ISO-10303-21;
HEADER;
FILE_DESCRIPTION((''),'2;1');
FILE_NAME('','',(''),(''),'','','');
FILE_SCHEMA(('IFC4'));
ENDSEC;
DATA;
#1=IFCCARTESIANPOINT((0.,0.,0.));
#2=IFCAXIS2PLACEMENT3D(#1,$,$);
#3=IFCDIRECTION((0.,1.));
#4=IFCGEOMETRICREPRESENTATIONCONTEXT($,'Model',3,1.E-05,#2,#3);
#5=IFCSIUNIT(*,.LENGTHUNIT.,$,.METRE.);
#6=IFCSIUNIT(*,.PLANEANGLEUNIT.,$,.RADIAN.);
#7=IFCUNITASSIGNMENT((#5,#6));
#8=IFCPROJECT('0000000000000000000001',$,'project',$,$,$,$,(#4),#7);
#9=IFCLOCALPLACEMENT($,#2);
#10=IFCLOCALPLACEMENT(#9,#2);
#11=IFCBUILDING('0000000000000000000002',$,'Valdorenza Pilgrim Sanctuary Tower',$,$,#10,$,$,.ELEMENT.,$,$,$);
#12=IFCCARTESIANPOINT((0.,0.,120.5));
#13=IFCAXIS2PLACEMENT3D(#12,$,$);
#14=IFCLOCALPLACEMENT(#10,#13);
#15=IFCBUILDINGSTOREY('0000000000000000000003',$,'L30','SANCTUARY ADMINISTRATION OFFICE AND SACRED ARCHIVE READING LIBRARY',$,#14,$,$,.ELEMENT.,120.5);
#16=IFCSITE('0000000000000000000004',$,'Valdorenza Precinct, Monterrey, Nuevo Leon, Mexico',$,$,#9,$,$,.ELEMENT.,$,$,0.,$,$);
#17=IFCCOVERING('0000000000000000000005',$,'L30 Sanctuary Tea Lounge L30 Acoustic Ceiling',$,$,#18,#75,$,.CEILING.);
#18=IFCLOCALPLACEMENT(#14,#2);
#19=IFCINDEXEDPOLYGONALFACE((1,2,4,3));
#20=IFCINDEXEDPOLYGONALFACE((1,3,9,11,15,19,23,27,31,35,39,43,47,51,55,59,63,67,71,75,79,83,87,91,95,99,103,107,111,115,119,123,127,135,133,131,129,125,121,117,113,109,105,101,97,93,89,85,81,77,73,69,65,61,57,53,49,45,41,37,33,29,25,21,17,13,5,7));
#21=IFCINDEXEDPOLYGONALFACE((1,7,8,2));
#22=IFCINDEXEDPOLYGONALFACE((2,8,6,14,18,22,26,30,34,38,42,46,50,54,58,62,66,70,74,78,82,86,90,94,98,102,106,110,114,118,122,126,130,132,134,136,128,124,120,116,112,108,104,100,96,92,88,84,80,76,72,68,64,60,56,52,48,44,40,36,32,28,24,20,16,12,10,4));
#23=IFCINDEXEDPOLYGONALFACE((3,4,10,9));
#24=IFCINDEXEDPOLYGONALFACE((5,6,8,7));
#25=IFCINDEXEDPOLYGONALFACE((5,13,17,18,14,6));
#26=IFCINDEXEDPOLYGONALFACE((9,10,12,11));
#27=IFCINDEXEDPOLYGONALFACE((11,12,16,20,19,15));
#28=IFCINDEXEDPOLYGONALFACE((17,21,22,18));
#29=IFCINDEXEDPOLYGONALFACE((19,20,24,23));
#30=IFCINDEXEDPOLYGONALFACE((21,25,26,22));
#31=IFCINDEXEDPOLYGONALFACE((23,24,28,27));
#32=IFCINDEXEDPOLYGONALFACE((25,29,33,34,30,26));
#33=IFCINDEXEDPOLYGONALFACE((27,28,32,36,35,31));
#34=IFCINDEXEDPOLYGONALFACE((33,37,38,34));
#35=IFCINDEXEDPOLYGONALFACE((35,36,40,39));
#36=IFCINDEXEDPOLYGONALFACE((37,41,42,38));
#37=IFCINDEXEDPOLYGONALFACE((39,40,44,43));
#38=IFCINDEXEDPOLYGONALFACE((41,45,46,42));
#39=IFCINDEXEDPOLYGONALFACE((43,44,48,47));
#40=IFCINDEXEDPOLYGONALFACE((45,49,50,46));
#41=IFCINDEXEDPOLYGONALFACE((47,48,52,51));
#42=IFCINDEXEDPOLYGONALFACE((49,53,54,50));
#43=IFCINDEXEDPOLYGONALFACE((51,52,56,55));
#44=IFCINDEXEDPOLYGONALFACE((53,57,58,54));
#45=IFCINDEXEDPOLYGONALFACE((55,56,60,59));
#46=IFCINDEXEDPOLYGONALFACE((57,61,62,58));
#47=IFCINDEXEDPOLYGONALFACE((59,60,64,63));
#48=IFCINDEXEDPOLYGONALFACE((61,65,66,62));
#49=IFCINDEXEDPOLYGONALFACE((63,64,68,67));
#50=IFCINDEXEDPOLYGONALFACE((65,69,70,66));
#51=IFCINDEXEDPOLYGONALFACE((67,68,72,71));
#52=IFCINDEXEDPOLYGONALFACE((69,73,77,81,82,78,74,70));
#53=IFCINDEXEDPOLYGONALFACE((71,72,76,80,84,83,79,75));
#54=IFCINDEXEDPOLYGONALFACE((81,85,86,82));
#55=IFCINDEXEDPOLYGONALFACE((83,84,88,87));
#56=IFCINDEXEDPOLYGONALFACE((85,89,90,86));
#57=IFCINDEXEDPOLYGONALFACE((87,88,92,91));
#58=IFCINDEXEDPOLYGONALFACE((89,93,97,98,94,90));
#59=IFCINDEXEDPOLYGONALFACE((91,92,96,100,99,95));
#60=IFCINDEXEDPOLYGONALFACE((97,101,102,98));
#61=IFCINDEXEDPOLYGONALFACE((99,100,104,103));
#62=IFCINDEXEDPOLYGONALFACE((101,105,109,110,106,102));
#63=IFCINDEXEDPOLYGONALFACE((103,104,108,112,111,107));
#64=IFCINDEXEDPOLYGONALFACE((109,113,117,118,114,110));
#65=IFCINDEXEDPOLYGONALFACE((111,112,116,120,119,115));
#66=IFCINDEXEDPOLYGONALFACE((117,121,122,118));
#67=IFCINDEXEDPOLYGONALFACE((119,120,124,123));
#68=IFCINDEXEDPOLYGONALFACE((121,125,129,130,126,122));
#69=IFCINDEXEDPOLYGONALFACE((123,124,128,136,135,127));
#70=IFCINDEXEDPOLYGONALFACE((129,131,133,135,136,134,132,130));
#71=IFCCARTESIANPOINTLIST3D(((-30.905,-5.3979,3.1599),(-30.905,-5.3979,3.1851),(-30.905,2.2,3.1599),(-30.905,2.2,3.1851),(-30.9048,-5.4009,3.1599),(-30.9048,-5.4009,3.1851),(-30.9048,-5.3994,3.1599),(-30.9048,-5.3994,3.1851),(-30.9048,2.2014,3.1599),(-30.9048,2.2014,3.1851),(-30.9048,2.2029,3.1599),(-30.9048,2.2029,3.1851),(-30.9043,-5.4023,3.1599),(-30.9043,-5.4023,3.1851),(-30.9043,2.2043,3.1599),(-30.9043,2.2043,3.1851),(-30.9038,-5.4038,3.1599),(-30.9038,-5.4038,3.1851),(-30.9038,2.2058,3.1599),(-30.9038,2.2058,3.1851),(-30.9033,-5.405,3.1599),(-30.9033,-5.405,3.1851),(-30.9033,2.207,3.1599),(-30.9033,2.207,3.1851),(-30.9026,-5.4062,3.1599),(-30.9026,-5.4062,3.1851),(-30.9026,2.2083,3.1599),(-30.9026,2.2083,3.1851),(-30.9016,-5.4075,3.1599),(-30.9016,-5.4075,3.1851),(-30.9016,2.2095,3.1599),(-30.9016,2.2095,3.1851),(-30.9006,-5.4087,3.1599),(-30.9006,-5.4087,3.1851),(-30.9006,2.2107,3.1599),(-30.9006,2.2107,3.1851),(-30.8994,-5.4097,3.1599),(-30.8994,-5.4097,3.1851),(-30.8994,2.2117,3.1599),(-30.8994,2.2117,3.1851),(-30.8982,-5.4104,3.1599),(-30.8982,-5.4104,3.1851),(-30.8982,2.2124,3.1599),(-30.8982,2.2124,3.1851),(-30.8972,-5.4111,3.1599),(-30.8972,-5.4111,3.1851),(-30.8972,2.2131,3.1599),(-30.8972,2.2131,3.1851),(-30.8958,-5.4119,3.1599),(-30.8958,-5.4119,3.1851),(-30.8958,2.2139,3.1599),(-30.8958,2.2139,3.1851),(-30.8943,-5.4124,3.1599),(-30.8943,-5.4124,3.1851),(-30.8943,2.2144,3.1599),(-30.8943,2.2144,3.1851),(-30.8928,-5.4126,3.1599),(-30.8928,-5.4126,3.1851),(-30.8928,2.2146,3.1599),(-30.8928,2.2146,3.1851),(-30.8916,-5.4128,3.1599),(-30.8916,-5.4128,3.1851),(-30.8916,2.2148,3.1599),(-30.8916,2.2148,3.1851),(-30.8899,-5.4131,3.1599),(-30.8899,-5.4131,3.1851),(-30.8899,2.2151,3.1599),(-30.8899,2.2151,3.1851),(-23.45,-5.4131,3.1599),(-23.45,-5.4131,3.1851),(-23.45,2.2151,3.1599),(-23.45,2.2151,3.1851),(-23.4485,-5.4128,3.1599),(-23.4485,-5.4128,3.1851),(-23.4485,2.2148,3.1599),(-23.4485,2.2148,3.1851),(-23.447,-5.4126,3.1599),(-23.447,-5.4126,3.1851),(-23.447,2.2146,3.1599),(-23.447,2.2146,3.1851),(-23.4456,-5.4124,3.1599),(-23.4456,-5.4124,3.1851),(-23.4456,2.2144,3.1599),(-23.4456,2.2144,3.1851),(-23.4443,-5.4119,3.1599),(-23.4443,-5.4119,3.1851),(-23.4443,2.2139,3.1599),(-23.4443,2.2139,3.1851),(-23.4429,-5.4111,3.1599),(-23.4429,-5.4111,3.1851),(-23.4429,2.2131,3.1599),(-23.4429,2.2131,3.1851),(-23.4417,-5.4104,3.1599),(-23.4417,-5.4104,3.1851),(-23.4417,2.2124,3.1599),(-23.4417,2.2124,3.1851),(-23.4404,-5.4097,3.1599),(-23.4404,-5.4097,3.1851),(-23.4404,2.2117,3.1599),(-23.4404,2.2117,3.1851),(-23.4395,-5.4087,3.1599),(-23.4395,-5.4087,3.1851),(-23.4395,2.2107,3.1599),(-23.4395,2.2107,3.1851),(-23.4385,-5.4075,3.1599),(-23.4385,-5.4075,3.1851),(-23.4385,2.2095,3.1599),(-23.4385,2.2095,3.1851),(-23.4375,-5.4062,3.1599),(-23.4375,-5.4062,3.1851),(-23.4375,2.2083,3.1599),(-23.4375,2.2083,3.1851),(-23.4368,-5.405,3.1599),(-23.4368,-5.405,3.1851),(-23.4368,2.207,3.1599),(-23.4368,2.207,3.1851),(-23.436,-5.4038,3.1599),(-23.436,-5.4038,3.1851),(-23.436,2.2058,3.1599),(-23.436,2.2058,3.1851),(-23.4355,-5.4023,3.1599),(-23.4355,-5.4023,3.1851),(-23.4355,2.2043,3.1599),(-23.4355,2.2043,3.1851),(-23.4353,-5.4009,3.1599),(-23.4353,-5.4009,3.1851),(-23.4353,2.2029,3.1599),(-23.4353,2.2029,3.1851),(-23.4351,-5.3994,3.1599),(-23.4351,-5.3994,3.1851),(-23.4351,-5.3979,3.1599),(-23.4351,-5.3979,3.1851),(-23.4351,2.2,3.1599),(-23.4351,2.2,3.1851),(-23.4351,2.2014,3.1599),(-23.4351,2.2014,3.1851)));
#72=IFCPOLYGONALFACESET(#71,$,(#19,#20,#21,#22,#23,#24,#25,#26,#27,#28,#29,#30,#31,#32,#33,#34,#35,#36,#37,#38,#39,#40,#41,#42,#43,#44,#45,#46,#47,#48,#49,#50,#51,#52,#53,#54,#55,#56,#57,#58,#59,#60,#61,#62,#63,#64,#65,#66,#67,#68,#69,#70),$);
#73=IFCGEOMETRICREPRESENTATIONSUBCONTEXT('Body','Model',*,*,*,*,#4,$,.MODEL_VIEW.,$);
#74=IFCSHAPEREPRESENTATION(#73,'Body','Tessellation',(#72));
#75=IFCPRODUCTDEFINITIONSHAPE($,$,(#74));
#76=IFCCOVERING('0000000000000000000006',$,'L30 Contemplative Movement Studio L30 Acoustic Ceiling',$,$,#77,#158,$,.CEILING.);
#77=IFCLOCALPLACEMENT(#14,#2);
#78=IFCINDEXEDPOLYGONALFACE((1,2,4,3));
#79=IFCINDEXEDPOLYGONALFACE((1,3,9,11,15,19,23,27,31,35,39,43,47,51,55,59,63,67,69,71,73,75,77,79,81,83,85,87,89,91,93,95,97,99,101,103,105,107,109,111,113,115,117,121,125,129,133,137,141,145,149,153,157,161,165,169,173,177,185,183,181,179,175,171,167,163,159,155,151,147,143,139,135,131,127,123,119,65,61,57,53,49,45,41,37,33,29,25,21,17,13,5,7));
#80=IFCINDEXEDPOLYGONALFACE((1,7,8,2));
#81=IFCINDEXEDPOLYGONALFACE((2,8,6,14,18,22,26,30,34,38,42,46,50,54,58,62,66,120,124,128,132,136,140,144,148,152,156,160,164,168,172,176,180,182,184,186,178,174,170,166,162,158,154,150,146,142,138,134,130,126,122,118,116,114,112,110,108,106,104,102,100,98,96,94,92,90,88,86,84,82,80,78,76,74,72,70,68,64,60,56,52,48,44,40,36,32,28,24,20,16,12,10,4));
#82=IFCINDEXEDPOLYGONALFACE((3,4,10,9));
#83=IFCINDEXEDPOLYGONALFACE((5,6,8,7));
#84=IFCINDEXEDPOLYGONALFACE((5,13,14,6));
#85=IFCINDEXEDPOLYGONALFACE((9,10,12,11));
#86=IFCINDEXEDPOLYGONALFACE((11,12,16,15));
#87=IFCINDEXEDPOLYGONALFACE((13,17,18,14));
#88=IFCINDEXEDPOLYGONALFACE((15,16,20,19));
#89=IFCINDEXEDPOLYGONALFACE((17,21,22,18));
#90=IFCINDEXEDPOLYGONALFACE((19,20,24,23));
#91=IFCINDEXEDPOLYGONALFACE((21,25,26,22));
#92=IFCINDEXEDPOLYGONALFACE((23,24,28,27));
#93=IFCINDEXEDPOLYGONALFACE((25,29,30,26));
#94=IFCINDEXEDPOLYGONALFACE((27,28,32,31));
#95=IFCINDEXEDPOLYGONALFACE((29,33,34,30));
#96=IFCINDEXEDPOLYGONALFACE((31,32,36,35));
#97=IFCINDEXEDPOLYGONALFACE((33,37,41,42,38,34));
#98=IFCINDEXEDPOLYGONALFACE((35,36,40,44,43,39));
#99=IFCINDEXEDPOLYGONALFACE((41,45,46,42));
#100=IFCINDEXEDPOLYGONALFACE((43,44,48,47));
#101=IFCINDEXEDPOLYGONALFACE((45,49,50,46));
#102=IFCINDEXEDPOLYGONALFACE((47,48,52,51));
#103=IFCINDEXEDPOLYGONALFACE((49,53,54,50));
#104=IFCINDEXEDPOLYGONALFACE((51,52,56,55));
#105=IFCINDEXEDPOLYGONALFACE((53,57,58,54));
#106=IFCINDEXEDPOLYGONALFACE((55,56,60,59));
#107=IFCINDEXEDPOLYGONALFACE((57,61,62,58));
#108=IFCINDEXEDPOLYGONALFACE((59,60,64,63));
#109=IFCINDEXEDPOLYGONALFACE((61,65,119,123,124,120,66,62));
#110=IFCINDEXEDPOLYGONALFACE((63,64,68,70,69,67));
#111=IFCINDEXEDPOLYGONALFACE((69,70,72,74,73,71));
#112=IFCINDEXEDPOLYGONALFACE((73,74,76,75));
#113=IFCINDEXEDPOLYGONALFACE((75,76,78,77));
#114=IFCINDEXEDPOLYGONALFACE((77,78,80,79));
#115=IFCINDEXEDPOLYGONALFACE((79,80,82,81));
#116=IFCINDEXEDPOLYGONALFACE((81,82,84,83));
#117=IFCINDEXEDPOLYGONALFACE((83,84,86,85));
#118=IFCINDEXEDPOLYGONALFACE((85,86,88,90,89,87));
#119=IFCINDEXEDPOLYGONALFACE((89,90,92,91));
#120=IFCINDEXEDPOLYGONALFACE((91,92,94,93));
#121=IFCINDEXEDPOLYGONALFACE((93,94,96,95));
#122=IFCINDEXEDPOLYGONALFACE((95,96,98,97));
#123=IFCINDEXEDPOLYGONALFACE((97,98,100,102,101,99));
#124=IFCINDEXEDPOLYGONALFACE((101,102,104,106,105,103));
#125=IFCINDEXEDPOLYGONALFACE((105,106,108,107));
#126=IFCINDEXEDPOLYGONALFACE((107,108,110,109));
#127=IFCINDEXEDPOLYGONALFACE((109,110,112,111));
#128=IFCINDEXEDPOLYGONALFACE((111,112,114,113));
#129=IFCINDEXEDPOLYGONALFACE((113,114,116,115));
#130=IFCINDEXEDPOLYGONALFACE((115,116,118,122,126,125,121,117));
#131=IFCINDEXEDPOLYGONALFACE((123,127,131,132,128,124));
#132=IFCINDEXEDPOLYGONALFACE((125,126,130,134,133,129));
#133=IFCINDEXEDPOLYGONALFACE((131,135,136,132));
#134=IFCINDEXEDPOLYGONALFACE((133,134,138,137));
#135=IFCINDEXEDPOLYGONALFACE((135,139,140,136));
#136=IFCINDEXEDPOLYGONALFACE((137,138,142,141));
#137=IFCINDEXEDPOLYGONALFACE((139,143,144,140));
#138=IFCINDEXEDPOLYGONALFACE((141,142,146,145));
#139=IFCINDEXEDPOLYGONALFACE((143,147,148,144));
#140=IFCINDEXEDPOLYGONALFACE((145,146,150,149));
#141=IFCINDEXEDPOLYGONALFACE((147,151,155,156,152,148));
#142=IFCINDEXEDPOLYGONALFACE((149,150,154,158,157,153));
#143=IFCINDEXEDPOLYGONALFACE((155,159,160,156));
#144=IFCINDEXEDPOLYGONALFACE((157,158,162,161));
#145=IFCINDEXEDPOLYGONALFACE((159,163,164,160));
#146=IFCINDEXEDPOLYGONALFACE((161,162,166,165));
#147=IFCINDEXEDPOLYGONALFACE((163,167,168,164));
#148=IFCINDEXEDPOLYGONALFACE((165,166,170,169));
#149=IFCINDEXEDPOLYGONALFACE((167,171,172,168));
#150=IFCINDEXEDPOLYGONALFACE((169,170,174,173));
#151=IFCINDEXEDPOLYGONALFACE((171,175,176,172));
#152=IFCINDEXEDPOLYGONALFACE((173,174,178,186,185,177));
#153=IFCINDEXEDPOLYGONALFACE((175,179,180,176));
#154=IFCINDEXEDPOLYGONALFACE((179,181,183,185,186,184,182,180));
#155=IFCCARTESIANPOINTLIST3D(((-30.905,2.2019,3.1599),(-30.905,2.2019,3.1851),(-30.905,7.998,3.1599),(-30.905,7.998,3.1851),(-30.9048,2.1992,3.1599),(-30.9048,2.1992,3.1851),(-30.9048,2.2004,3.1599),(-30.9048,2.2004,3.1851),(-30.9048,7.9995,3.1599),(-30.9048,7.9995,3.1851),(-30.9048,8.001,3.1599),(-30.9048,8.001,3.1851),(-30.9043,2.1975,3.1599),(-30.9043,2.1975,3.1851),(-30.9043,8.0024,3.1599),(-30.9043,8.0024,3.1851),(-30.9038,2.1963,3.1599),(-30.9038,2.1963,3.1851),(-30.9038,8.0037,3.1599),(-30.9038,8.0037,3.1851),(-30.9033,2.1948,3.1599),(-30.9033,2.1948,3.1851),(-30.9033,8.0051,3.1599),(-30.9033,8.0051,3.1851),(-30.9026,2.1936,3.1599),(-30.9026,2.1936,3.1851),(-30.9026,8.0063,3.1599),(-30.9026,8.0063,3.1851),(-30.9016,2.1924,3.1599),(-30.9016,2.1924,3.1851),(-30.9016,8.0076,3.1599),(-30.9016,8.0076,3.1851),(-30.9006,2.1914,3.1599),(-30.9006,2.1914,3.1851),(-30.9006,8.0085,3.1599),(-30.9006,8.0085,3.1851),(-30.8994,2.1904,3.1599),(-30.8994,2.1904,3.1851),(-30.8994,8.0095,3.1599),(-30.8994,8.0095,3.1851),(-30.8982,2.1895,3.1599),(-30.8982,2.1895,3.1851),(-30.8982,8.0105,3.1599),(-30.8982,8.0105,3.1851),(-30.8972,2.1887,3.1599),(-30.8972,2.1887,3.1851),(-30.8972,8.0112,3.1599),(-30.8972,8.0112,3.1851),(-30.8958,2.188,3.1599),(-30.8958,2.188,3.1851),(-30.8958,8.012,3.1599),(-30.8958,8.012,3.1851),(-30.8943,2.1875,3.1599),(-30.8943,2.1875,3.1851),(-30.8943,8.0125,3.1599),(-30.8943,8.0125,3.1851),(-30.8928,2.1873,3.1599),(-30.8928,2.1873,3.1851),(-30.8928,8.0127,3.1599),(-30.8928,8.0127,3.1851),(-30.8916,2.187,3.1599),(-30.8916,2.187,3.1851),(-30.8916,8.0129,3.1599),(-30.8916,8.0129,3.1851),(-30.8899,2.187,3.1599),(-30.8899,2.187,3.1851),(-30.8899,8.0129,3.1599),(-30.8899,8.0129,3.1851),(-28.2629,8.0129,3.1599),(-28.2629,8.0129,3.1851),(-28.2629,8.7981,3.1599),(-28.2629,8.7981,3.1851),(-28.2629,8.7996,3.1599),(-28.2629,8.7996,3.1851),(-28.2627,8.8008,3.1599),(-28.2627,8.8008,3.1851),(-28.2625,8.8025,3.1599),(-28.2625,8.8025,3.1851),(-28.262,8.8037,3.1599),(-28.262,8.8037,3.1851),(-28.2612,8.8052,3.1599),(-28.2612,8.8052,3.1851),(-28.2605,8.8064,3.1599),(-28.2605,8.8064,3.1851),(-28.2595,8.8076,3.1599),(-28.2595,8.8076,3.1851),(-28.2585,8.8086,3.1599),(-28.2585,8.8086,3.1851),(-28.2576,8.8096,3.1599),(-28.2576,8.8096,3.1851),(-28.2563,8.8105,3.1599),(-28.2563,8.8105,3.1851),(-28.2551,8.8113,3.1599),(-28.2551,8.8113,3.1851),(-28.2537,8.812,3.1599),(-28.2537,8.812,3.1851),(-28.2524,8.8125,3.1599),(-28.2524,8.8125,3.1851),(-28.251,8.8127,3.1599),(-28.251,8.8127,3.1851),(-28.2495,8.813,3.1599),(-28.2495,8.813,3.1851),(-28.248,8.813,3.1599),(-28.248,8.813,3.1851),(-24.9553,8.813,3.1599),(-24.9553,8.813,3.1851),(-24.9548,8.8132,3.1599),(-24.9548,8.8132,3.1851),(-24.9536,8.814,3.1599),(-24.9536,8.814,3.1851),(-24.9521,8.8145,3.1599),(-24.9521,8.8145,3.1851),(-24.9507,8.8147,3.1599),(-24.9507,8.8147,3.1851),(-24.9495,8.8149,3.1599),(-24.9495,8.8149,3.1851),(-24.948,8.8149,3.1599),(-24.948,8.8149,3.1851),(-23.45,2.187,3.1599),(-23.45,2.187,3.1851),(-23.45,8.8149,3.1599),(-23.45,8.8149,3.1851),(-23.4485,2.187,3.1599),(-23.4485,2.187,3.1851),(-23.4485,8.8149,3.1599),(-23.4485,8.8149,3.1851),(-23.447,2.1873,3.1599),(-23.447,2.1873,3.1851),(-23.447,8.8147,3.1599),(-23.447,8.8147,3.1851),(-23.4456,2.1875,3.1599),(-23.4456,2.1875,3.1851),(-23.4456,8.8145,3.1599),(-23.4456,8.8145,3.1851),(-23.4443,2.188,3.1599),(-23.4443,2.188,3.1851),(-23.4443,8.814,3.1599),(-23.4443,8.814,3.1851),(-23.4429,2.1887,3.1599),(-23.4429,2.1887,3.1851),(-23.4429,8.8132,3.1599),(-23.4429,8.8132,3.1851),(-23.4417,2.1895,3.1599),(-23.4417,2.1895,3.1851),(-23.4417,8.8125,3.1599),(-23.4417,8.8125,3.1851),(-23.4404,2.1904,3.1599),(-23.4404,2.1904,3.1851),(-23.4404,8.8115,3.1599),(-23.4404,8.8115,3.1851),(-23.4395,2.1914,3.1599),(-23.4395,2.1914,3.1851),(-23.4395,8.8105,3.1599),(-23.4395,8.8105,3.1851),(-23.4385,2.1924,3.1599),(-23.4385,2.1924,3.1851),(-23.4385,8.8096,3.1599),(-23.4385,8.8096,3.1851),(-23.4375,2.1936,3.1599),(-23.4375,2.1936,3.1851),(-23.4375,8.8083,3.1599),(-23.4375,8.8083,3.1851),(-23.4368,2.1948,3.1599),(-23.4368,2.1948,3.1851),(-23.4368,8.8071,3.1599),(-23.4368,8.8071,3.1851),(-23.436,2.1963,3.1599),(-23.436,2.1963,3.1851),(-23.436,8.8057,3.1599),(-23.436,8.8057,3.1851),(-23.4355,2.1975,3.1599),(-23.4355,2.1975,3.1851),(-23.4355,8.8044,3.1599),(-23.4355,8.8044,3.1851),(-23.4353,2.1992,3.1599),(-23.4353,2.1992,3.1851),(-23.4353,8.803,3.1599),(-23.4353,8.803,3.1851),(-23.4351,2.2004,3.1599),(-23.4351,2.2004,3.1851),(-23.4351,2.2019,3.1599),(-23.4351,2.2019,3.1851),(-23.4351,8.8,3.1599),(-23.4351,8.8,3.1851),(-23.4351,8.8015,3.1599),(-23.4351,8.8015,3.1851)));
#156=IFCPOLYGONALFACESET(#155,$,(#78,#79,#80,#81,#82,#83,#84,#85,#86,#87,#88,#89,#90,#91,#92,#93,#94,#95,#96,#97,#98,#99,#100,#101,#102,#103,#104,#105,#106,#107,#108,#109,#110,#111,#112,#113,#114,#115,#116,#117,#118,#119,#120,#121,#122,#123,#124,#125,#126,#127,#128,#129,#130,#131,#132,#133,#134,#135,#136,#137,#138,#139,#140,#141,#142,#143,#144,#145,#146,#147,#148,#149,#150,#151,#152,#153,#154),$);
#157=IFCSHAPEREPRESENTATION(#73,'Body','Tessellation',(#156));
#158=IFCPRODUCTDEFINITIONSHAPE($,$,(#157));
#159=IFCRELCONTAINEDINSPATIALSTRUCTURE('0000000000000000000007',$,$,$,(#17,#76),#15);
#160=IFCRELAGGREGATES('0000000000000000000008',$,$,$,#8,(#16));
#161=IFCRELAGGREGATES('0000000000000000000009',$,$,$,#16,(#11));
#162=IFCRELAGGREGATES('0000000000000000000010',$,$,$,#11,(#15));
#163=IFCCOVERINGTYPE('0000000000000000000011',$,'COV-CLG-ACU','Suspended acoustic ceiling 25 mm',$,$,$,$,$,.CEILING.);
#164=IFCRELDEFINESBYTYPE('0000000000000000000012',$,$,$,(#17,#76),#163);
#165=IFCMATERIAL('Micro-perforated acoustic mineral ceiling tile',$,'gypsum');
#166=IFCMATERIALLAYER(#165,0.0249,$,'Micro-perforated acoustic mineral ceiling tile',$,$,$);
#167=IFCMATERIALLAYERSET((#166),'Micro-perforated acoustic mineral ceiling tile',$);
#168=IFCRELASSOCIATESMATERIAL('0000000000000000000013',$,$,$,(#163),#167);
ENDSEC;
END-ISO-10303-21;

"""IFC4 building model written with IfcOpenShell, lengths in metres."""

from ifc_helpers import new_model, si_unit, direction, frame, origin, place, context, subcontext, project, spatial, polyline, outline, extrude, material, layer, layer_set, type_object, element, save


model = new_model("IFC4")

# Units and contexts
model_context = context("Model", 3, precision=1e-05, world=origin(), true_north=direction((0.0, 1.0)))
body_context = subcontext(model_context, "Body", "Model", "MODEL_VIEW")
ifc_project = project(units=[si_unit("LENGTHUNIT", "METRE"), si_unit("PLANEANGLEUNIT", "RADIAN")], contexts=[model_context])

# Site, building, storey
site_placement = place(None, origin())
site = spatial("IfcSite", under=ifc_project, at=site_placement, Name="Valdorenza Precinct, Monterrey, Nuevo Leon, Mexico", CompositionType="ELEMENT", RefElevation=0.0)
building_placement = place(site_placement, origin())
building = spatial("IfcBuilding", under=site, at=building_placement, Name="Valdorenza Pilgrim Sanctuary Tower", CompositionType="ELEMENT")
storey_placement = place(building_placement, frame((0.0, 0.0, 120.5)))
storey = spatial("IfcBuildingStorey", under=building, at=storey_placement, Name="L30", Description="SANCTUARY ADMINISTRATION OFFICE AND SACRED ARCHIVE READING LIBRARY", CompositionType="ELEMENT", Elevation=120.5)

# Coverings
ifc_material_1 = material(Name="Micro-perforated acoustic mineral ceiling tile", Category="gypsum")
ifc_layer_1 = layer(ifc_material_1, 0.0249, Name="Micro-perforated acoustic mineral ceiling tile")
ifc_layer_set_1 = layer_set([ifc_layer_1], Name="Micro-perforated acoustic mineral ceiling tile")
covering_type_1 = type_object("IfcCoveringType", Name="COV-CLG-ACU", Description="Suspended acoustic ceiling 25 mm", PredefinedType="CEILING", material=ifc_layer_set_1)
covering_1_placement = place(storey_placement, frame((0.0, 0.0, 3.1599)))
element("IfcCovering", 1, at=covering_1_placement, inside=storey, type_object=covering_type_1, Name="L30 Sanctuary Tea Lounge L30 Acoustic Ceiling", PredefinedType="CEILING", context=body_context, shape_type="SweptSolid", body=[
    extrude(outline(polyline([(-23.4351, -5.3979), (-23.4351, -5.3994), (-23.4353, -5.4009), (-23.4355, -5.4023), (-23.436, -5.4038), (-23.4368, -5.405), (-23.4375, -5.4062), (-23.4385, -5.4075), (-23.4395, -5.4087), (-23.4404, -5.4097), (-23.4417, -5.4104), (-23.4429, -5.4111), (-23.4443, -5.4119), (-23.4456, -5.4124), (-23.447, -5.4126), (-23.4485, -5.4128), (-23.45, -5.4131), (-30.8899, -5.4131), (-30.8916, -5.4128), (-30.8928, -5.4126), (-30.8943, -5.4124), (-30.8958, -5.4119), (-30.8972, -5.4111), (-30.8982, -5.4104), (-30.8994, -5.4097), (-30.9006, -5.4087), (-30.9016, -5.4075), (-30.9026, -5.4062), (-30.9033, -5.405), (-30.9038, -5.4038), (-30.9043, -5.4023), (-30.9048, -5.4009), (-30.9048, -5.3994), (-30.905, -5.3979), (-30.905, 2.2), (-30.9048, 2.2014), (-30.9048, 2.2029), (-30.9043, 2.2043), (-30.9038, 2.2058), (-30.9033, 2.207), (-30.9026, 2.2083), (-30.9016, 2.2095), (-30.9006, 2.2107), (-30.8994, 2.2117), (-30.8982, 2.2124), (-30.8972, 2.2131), (-30.8958, 2.2139), (-30.8943, 2.2144), (-30.8928, 2.2146), (-30.8916, 2.2148), (-30.8899, 2.2151), (-23.45, 2.2151), (-23.4485, 2.2148), (-23.447, 2.2146), (-23.4456, 2.2144), (-23.4443, 2.2139), (-23.4429, 2.2131), (-23.4417, 2.2124), (-23.4404, 2.2117), (-23.4395, 2.2107), (-23.4385, 2.2095), (-23.4375, 2.2083), (-23.4368, 2.207), (-23.436, 2.2058), (-23.4355, 2.2043), (-23.4353, 2.2029), (-23.4351, 2.2014), (-23.4351, 2.2), (-23.4351, -5.3979)])), origin(), (0.0, 0.0, 1.0), 0.0251),
])
covering_2_placement = place(storey_placement, frame((0.0, 0.0, 3.1599)))
element("IfcCovering", 2, at=covering_2_placement, inside=storey, type_object=covering_type_1, Name="L30 Contemplative Movement Studio L30 Acoustic Ceiling", PredefinedType="CEILING", context=body_context, shape_type="SweptSolid", body=[
    extrude(outline(polyline([(-28.2629, 8.0129), (-28.2629, 8.7981), (-28.2629, 8.7996), (-28.2627, 8.8008), (-28.2625, 8.8025), (-28.262, 8.8037), (-28.2612, 8.8052), (-28.2605, 8.8064), (-28.2595, 8.8076), (-28.2585, 8.8086), (-28.2576, 8.8096), (-28.2563, 8.8105), (-28.2551, 8.8113), (-28.2537, 8.812), (-28.2524, 8.8125), (-28.251, 8.8127), (-28.2495, 8.813), (-28.248, 8.813), (-24.9553, 8.813), (-24.9548, 8.8132), (-24.9536, 8.814), (-24.9521, 8.8145), (-24.9507, 8.8147), (-24.9495, 8.8149), (-24.948, 8.8149), (-23.45, 8.8149), (-23.4485, 8.8149), (-23.447, 8.8147), (-23.4456, 8.8145), (-23.4443, 8.814), (-23.4429, 8.8132), (-23.4417, 8.8125), (-23.4404, 8.8115), (-23.4395, 8.8105), (-23.4385, 8.8096), (-23.4375, 8.8083), (-23.4368, 8.8071), (-23.436, 8.8057), (-23.4355, 8.8044), (-23.4353, 8.803), (-23.4351, 8.8015), (-23.4351, 8.8), (-23.4351, 2.2019), (-23.4351, 2.2004), (-23.4353, 2.1992), (-23.4355, 2.1975), (-23.436, 2.1963), (-23.4368, 2.1948), (-23.4375, 2.1936), (-23.4385, 2.1924), (-23.4395, 2.1914), (-23.4404, 2.1904), (-23.4417, 2.1895), (-23.4429, 2.1887), (-23.4443, 2.188), (-23.4456, 2.1875), (-23.447, 2.1873), (-23.4485, 2.187), (-23.45, 2.187), (-30.8899, 2.187), (-30.8916, 2.187), (-30.8928, 2.1873), (-30.8943, 2.1875), (-30.8958, 2.188), (-30.8972, 2.1887), (-30.8982, 2.1895), (-30.8994, 2.1904), (-30.9006, 2.1914), (-30.9016, 2.1924), (-30.9026, 2.1936), (-30.9033, 2.1948), (-30.9038, 2.1963), (-30.9043, 2.1975), (-30.9048, 2.1992), (-30.9048, 2.2004), (-30.905, 2.2019), (-30.905, 7.998), (-30.9048, 7.9995), (-30.9048, 8.001), (-30.9043, 8.0024), (-30.9038, 8.0037), (-30.9033, 8.0051), (-30.9026, 8.0063), (-30.9016, 8.0076), (-30.9006, 8.0085), (-30.8994, 8.0095), (-30.8982, 8.0105), (-30.8972, 8.0112), (-30.8958, 8.012), (-30.8943, 8.0125), (-30.8928, 8.0127), (-30.8916, 8.0129), (-30.8899, 8.0129), (-28.2629, 8.0129)])), origin(), (0.0, 0.0, 1.0), 0.0251),
])

save(model, "model.ifc")
